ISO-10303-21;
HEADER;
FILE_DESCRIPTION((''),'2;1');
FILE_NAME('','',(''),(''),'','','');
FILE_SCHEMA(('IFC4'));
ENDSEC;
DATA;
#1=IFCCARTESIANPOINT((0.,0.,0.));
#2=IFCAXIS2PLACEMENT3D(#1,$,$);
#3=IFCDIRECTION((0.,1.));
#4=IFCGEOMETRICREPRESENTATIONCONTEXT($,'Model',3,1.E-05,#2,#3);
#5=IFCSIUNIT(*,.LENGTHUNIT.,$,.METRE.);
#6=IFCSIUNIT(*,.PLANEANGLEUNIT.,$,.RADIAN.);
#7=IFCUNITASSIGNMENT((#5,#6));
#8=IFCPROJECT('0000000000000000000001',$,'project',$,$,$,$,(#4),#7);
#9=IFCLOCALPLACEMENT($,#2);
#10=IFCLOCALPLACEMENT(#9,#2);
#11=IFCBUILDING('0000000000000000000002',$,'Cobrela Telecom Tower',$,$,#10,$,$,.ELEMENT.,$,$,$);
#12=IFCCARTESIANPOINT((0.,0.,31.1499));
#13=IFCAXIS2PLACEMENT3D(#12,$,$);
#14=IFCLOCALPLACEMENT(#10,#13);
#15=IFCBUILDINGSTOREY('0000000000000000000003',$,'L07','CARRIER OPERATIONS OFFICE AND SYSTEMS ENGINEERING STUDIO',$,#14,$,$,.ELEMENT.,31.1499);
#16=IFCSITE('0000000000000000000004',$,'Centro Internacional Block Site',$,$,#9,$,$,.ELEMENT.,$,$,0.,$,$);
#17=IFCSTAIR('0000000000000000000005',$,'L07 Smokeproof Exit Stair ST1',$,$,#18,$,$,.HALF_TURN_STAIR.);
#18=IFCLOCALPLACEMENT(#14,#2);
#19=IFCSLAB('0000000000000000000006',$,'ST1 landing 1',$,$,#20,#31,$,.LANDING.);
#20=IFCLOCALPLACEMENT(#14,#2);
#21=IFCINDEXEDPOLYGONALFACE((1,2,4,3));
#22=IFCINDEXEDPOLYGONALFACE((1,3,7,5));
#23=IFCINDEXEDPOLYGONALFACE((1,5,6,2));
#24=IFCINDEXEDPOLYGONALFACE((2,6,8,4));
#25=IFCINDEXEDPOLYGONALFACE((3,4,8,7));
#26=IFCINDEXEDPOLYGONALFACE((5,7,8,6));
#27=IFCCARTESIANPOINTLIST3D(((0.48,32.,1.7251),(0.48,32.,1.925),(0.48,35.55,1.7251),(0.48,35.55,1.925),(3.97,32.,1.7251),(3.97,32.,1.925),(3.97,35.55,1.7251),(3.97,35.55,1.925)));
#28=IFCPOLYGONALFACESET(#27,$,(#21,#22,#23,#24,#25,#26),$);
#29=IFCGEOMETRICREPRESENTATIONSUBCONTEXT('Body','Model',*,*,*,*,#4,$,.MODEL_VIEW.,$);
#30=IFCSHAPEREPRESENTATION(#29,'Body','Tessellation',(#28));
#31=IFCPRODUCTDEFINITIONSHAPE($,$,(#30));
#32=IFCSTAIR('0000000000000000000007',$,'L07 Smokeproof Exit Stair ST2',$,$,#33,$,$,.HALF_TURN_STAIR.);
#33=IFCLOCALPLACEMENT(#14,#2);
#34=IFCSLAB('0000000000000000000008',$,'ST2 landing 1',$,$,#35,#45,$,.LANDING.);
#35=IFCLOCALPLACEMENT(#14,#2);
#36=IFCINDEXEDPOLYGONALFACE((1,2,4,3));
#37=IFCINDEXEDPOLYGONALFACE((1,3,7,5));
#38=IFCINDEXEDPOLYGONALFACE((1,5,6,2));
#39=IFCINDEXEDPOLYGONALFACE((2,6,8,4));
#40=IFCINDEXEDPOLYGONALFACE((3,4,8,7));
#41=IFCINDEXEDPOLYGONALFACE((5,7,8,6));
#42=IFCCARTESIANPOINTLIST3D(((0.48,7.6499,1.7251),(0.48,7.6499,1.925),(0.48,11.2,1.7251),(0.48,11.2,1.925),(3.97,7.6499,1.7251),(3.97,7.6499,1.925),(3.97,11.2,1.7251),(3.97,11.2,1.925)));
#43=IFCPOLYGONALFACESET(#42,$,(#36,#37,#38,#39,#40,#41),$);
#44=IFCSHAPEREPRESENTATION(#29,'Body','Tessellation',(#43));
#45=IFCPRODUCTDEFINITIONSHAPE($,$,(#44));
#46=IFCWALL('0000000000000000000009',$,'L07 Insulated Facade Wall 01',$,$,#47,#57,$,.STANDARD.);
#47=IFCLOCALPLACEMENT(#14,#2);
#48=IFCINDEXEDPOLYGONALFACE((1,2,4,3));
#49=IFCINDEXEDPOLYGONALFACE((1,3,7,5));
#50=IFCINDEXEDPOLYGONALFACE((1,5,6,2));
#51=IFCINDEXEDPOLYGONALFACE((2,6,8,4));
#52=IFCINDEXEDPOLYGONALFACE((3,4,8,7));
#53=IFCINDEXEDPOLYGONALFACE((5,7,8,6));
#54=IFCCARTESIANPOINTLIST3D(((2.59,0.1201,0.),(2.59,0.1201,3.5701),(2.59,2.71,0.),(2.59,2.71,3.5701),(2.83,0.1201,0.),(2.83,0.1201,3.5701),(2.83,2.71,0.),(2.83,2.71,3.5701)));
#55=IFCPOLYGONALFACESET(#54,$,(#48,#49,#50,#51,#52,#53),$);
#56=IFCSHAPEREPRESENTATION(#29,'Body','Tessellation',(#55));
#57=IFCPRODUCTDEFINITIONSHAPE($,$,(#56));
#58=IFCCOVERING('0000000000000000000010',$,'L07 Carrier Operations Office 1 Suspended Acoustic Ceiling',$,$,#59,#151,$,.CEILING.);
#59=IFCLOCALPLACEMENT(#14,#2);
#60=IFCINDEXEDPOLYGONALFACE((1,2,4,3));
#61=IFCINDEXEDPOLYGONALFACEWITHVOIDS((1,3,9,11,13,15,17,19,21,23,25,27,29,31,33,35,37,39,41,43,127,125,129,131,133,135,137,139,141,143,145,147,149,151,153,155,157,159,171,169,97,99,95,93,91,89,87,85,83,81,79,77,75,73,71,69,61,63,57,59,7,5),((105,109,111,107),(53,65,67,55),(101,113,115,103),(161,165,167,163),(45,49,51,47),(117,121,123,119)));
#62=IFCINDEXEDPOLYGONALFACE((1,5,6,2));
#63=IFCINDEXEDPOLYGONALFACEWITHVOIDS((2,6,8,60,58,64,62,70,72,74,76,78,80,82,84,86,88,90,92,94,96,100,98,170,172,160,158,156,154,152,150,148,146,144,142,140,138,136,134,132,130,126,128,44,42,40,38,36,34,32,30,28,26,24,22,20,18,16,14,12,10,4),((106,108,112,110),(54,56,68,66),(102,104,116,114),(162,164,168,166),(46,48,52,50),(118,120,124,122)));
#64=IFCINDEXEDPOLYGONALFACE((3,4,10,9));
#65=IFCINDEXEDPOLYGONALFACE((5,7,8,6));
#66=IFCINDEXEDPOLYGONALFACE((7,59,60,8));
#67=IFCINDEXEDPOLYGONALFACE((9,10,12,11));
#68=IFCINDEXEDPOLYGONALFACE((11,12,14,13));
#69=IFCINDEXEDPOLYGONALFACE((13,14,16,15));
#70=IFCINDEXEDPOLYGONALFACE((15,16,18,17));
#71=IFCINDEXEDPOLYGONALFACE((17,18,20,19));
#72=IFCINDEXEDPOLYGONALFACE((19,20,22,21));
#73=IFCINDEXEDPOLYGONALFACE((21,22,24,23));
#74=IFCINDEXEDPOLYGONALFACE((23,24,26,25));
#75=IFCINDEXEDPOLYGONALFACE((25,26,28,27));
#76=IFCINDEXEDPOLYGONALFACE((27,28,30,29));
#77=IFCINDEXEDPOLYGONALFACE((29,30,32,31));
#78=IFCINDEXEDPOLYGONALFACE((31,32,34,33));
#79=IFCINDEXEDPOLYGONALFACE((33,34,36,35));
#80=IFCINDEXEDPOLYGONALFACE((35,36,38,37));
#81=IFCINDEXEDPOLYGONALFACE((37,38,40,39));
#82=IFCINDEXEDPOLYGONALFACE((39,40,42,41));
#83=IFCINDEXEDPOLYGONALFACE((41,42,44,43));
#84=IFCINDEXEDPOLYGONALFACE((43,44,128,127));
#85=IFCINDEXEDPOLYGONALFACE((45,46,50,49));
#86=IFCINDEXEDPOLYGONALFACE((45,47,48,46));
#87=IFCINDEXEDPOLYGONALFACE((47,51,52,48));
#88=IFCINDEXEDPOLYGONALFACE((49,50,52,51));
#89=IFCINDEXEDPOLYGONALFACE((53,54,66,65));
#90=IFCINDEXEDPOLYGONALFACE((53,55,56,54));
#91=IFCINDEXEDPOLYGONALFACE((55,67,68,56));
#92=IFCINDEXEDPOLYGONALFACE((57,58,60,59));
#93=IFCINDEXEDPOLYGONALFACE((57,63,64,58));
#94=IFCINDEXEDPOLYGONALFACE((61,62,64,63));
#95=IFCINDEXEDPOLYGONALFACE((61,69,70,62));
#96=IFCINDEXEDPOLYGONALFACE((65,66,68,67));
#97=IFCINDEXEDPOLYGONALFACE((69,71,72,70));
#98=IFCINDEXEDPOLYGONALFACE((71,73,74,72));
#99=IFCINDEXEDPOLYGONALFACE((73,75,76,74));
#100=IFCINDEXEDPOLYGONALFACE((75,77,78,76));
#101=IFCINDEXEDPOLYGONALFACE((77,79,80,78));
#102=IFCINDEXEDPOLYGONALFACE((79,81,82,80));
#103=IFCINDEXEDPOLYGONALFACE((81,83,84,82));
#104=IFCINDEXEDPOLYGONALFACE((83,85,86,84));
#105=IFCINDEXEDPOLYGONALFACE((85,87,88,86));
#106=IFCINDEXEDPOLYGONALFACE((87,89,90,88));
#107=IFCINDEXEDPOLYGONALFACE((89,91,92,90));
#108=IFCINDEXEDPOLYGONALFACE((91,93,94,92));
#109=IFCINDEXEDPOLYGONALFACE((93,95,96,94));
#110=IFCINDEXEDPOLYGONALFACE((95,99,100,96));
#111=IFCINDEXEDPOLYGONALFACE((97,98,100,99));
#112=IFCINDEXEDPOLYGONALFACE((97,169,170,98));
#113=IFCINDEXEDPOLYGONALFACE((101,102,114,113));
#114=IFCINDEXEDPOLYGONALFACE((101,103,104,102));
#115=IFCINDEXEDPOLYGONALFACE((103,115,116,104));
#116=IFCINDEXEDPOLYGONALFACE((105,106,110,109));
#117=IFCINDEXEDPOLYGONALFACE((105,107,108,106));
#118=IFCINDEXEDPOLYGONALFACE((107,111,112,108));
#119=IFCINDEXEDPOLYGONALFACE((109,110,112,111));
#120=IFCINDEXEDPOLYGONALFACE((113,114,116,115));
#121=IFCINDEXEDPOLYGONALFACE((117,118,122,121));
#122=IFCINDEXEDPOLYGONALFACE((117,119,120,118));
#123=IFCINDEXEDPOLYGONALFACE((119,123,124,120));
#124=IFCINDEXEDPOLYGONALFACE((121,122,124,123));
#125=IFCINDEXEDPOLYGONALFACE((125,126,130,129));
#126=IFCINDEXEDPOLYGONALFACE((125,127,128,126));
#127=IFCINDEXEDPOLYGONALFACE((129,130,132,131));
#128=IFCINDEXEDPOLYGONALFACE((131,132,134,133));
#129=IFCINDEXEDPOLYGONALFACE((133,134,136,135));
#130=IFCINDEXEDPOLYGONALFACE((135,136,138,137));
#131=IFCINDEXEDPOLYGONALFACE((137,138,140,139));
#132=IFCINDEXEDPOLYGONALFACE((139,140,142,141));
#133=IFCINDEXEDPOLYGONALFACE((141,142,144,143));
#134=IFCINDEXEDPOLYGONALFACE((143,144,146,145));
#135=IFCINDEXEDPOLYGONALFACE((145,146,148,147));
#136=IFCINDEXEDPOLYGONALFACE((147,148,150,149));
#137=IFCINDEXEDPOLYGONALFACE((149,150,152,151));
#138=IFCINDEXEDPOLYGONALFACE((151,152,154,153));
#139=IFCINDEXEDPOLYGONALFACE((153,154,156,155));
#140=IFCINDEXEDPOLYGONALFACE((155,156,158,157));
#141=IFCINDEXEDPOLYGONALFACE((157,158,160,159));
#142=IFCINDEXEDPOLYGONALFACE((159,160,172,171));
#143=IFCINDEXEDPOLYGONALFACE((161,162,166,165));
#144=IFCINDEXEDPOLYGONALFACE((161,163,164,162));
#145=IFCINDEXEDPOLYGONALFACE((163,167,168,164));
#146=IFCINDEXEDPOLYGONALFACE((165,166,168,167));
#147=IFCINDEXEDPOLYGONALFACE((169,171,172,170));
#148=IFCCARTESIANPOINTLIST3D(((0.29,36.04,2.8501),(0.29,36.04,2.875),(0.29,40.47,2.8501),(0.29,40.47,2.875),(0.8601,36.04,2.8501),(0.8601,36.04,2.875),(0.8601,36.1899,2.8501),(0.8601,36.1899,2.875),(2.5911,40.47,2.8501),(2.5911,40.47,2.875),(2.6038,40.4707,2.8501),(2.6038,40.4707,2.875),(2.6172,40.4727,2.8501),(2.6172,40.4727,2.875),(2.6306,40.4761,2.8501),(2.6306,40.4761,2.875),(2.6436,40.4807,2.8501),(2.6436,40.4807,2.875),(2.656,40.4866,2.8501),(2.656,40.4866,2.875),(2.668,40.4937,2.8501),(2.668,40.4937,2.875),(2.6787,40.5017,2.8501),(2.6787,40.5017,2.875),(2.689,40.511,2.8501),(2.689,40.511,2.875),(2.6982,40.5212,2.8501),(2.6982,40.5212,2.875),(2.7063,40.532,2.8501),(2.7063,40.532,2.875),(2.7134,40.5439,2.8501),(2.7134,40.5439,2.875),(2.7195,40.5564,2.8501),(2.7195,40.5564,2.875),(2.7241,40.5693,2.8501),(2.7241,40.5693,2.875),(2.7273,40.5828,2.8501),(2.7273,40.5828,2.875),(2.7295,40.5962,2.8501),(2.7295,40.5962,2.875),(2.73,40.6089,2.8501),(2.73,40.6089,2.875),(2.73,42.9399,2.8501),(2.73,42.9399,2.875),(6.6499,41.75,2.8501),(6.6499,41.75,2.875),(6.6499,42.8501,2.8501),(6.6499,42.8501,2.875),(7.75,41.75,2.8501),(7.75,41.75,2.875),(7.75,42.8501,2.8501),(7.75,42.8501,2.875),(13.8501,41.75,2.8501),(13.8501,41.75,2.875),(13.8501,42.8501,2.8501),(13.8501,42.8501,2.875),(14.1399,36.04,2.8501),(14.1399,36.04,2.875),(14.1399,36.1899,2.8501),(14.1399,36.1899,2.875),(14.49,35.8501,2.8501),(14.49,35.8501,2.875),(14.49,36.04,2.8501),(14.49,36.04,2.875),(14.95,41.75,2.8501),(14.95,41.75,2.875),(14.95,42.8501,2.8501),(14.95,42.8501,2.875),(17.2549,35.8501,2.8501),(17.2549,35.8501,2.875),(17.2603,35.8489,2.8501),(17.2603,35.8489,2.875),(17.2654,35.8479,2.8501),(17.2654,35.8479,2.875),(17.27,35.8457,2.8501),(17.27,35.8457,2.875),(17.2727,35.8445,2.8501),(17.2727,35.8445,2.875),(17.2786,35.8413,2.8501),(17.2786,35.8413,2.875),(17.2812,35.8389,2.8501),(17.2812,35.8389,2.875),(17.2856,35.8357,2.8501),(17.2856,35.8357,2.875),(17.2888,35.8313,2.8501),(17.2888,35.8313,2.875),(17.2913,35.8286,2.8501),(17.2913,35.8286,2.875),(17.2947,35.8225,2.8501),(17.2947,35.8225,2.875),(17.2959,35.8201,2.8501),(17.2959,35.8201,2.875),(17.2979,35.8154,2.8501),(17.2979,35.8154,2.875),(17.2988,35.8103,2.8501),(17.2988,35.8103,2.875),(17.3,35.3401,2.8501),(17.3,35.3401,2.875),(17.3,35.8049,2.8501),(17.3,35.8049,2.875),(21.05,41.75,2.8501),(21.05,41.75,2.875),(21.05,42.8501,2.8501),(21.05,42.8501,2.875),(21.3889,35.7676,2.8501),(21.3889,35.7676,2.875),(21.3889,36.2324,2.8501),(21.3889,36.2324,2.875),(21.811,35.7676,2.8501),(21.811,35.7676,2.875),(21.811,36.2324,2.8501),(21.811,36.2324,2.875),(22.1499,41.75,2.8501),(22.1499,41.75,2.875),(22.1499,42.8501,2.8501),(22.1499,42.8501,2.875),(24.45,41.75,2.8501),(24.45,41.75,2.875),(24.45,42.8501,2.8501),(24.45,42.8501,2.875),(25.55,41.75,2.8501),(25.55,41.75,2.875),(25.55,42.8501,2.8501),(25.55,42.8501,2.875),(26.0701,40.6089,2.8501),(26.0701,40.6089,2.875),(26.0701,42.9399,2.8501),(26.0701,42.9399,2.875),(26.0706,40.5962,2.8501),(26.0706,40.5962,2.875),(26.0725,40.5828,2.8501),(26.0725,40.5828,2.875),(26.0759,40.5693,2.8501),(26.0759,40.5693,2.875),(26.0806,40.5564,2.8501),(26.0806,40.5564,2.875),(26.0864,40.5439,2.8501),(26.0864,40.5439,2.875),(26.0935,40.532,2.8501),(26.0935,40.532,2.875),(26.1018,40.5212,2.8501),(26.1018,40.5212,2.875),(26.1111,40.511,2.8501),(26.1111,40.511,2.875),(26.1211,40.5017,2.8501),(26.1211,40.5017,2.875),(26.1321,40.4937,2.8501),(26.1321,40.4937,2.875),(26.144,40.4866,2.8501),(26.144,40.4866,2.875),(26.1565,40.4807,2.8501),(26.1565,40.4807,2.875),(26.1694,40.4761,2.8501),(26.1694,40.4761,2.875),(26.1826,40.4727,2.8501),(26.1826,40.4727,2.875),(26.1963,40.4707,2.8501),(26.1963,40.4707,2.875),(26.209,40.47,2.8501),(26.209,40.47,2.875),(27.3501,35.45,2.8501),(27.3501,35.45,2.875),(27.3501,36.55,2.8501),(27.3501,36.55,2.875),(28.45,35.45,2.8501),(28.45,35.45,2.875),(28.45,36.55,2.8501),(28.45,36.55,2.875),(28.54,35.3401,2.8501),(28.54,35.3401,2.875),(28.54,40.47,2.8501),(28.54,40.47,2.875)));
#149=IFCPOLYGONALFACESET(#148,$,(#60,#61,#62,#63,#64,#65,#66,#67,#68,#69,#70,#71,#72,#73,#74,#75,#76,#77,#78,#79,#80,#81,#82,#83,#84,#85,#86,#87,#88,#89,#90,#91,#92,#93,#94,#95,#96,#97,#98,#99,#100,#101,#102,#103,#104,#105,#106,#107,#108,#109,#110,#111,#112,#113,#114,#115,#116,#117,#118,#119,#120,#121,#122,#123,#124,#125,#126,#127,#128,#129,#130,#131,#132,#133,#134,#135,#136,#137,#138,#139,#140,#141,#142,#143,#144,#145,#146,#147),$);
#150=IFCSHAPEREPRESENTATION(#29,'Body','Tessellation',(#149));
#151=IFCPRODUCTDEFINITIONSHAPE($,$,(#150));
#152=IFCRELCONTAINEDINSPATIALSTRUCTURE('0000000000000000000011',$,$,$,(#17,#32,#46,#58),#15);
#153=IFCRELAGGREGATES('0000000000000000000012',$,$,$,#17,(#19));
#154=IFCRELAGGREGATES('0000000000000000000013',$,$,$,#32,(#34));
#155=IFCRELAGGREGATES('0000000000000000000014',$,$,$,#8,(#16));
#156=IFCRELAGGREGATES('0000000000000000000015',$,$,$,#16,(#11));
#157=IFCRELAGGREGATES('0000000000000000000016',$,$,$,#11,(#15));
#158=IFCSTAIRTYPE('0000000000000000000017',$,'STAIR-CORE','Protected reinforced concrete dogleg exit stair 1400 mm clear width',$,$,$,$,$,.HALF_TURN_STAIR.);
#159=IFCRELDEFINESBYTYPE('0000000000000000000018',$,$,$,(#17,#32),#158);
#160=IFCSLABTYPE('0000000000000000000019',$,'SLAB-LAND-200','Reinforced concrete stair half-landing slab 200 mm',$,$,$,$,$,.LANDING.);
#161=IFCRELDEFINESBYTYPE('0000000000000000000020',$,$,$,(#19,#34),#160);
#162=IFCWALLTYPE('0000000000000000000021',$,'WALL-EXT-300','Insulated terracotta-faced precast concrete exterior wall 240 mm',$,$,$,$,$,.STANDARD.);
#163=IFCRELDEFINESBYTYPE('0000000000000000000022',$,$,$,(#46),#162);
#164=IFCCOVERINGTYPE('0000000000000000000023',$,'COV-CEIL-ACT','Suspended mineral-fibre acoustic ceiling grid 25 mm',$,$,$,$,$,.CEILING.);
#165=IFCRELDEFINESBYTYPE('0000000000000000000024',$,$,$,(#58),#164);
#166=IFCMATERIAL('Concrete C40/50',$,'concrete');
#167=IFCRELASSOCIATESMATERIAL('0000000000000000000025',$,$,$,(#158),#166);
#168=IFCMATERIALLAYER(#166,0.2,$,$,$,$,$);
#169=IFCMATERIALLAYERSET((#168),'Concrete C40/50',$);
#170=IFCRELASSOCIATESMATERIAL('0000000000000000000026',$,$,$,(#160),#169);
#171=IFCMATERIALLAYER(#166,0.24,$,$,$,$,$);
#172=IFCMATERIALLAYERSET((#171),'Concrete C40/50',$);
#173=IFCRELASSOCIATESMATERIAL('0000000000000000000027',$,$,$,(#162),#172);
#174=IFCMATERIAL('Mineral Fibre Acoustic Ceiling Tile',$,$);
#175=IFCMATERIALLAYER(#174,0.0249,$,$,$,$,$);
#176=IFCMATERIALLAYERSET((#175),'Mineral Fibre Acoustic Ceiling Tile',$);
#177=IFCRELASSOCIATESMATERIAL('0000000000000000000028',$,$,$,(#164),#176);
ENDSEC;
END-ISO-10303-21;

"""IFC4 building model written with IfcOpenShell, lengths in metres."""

from ifc_helpers import new_model, si_unit, direction, frame, frame_2d, origin, place, context, subcontext, project, spatial, polyline, rectangle, outline, extrude, material, layer, layer_set, type_object, element, aggregate, save


model = new_model("IFC4")

# Units and contexts
model_context = context("Model", 3, precision=1e-05, world=origin(), true_north=direction((0.0, 1.0)))
body_context = subcontext(model_context, "Body", "Model", "MODEL_VIEW")
ifc_project = project(units=[si_unit("LENGTHUNIT", "METRE"), si_unit("PLANEANGLEUNIT", "RADIAN")], contexts=[model_context])

# Site, building, storey
site_placement = place(None, origin())
site = spatial("IfcSite", under=ifc_project, at=site_placement, Name="Centro Internacional Block Site", CompositionType="ELEMENT", RefElevation=0.0)
building_placement = place(site_placement, origin())
building = spatial("IfcBuilding", under=site, at=building_placement, Name="Cobrela Telecom Tower", CompositionType="ELEMENT")
storey_placement = place(building_placement, frame((0.0, 0.0, 31.1499)))
storey = spatial("IfcBuildingStorey", under=building, at=storey_placement, Name="L07", Description="CARRIER OPERATIONS OFFICE AND SYSTEMS ENGINEERING STUDIO", CompositionType="ELEMENT", Elevation=31.1499)

# Shared definitions
ifc_material_1 = material(Name="Concrete C40/50", Category="concrete")

# Stairs, slabs
stair_type = type_object("IfcStairType", Name="STAIR-CORE", Description="Protected reinforced concrete dogleg exit stair 1400 mm clear width", PredefinedType="HALF_TURN_STAIR", material=ifc_material_1)
stair_1_placement = place(storey_placement, origin())
stair_1 = element("IfcStair", 1, at=stair_1_placement, inside=storey, type_object=stair_type, Name="L07 Smokeproof Exit Stair ST1", PredefinedType="HALF_TURN_STAIR")
ifc_layer_1 = layer(ifc_material_1, 0.2)
ifc_layer_set_1 = layer_set([ifc_layer_1], Name="Concrete C40/50")
slab_type_1 = type_object("IfcSlabType", Name="SLAB-LAND-200", Description="Reinforced concrete stair half-landing slab 200 mm", PredefinedType="LANDING", material=ifc_layer_set_1)
slab_1_placement = place(storey_placement, frame((0.0, 0.0, 1.7251)))
slab_1 = element("IfcSlab", 2, at=slab_1_placement, type_object=slab_type_1, Name="ST1 landing 1", PredefinedType="LANDING", context=body_context, shape_type="SweptSolid", body=[
    extrude(outline(polyline([(3.97, 35.55), (0.48, 35.55), (0.48, 32.0), (3.97, 32.0), (3.97, 35.55)])), origin(), (0.0, 0.0, 1.0), 0.2),
])
aggregate(stair_1, [slab_1])
stair_2_placement = place(storey_placement, origin())
stair_2 = element("IfcStair", 3, at=stair_2_placement, inside=storey, type_object=stair_type, Name="L07 Smokeproof Exit Stair ST2", PredefinedType="HALF_TURN_STAIR")
slab_2_placement = place(storey_placement, frame((0.0, 0.0, 1.7251)))
slab_2 = element("IfcSlab", 4, at=slab_2_placement, type_object=slab_type_1, Name="ST2 landing 1", PredefinedType="LANDING", context=body_context, shape_type="SweptSolid", body=[
    extrude(outline(polyline([(3.97, 11.2), (0.48, 11.2), (0.48, 7.6499), (3.97, 7.6499), (3.97, 11.2)])), origin(), (0.0, 0.0, 1.0), 0.2),
])
aggregate(stair_2, [slab_2])

# Wall
ifc_layer_2 = layer(ifc_material_1, 0.24)
ifc_layer_set_2 = layer_set([ifc_layer_2], Name="Concrete C40/50")
wall_type = type_object("IfcWallType", Name="WALL-EXT-300", Description="Insulated terracotta-faced precast concrete exterior wall 240 mm", PredefinedType="STANDARD", material=ifc_layer_set_2)
wall_placement = place(storey_placement, frame((2.71, 0.1201, 0.0), z_axis=(0.0, 0.0, 1.0), x_axis=(0.0, 1.0, 0.0)))
element("IfcWall", 5, at=wall_placement, inside=storey, type_object=wall_type, Name="L07 Insulated Facade Wall 01", PredefinedType="STANDARD", context=body_context, shape_type="SweptSolid", body=[
    extrude(rectangle(XDim=2.5898, YDim=0.24, at=frame_2d((1.2949, 0.0))), origin(), (0.0, 0.0, 1.0), 3.5701),
])

# Covering
ifc_material_2 = material(Name="Mineral Fibre Acoustic Ceiling Tile")
ifc_layer_3 = layer(ifc_material_2, 0.0249)
ifc_layer_set_3 = layer_set([ifc_layer_3], Name="Mineral Fibre Acoustic Ceiling Tile")
covering_type_1 = type_object("IfcCoveringType", Name="COV-CEIL-ACT", Description="Suspended mineral-fibre acoustic ceiling grid 25 mm", PredefinedType="CEILING", material=ifc_layer_set_3)
covering_1_placement = place(storey_placement, frame((0.0, 0.0, 2.8501)))
element("IfcCovering", 6, at=covering_1_placement, inside=storey, type_object=covering_type_1, Name="L07 Carrier Operations Office 1 Suspended Acoustic Ceiling", PredefinedType="CEILING", context=body_context, shape_type="SweptSolid", body=[
    extrude(outline(polyline([(14.1399, 36.1899), (0.8601, 36.1899), (0.8601, 36.04), (0.29, 36.04), (0.29, 40.47), (2.5911, 40.47), (2.6038, 40.4707), (2.6172, 40.4727), (2.6306, 40.4761), (2.6436, 40.4807), (2.656, 40.4866), (2.668, 40.4937), (2.6787, 40.5017), (2.689, 40.511), (2.6982, 40.5212), (2.7063, 40.532), (2.7134, 40.5439), (2.7195, 40.5564), (2.7241, 40.5693), (2.7273, 40.5828), (2.7295, 40.5962), (2.73, 40.6089), (2.73, 42.9399), (26.0701, 42.9399), (26.0701, 40.6089), (26.0706, 40.5962), (26.0725, 40.5828), (26.0759, 40.5693), (26.0806, 40.5564), (26.0864, 40.5439), (26.0935, 40.532), (26.1018, 40.5212), (26.1111, 40.511), (26.1211, 40.5017), (26.1321, 40.4937), (26.144, 40.4866), (26.1565, 40.4807), (26.1694, 40.4761), (26.1826, 40.4727), (26.1963, 40.4707), (26.209, 40.47), (28.54, 40.47), (28.54, 35.3401), (17.3, 35.3401), (17.3, 35.8049), (17.2988, 35.8103), (17.2979, 35.8154), (17.2959, 35.8201), (17.2947, 35.8225), (17.2913, 35.8286), (17.2888, 35.8313), (17.2856, 35.8357), (17.2812, 35.8389), (17.2786, 35.8413), (17.2727, 35.8445), (17.27, 35.8457), (17.2654, 35.8479), (17.2603, 35.8489), (17.2549, 35.8501), (14.49, 35.8501), (14.49, 36.04), (14.1399, 36.04), (14.1399, 36.1899)]), holes=[polyline([(21.811, 35.7676), (21.811, 36.2324), (21.3889, 36.2324), (21.3889, 35.7676), (21.811, 35.7676)]), polyline([(28.45, 35.45), (28.45, 36.55), (27.3501, 36.55), (27.3501, 35.45), (28.45, 35.45)]), polyline([(7.75, 41.75), (7.75, 42.8501), (6.6499, 42.8501), (6.6499, 41.75), (7.75, 41.75)]), polyline([(14.95, 41.75), (14.95, 42.8501), (13.8501, 42.8501), (13.8501, 41.75), (14.95, 41.75)]), polyline([(22.1499, 41.75), (22.1499, 42.8501), (21.05, 42.8501), (21.05, 41.75), (22.1499, 41.75)]), polyline([(25.55, 42.8501), (24.45, 42.8501), (24.45, 41.75), (25.55, 41.75), (25.55, 42.8501)])]), origin(), (0.0, 0.0, 1.0), 0.0249),
])

save(model, "model.ifc")
